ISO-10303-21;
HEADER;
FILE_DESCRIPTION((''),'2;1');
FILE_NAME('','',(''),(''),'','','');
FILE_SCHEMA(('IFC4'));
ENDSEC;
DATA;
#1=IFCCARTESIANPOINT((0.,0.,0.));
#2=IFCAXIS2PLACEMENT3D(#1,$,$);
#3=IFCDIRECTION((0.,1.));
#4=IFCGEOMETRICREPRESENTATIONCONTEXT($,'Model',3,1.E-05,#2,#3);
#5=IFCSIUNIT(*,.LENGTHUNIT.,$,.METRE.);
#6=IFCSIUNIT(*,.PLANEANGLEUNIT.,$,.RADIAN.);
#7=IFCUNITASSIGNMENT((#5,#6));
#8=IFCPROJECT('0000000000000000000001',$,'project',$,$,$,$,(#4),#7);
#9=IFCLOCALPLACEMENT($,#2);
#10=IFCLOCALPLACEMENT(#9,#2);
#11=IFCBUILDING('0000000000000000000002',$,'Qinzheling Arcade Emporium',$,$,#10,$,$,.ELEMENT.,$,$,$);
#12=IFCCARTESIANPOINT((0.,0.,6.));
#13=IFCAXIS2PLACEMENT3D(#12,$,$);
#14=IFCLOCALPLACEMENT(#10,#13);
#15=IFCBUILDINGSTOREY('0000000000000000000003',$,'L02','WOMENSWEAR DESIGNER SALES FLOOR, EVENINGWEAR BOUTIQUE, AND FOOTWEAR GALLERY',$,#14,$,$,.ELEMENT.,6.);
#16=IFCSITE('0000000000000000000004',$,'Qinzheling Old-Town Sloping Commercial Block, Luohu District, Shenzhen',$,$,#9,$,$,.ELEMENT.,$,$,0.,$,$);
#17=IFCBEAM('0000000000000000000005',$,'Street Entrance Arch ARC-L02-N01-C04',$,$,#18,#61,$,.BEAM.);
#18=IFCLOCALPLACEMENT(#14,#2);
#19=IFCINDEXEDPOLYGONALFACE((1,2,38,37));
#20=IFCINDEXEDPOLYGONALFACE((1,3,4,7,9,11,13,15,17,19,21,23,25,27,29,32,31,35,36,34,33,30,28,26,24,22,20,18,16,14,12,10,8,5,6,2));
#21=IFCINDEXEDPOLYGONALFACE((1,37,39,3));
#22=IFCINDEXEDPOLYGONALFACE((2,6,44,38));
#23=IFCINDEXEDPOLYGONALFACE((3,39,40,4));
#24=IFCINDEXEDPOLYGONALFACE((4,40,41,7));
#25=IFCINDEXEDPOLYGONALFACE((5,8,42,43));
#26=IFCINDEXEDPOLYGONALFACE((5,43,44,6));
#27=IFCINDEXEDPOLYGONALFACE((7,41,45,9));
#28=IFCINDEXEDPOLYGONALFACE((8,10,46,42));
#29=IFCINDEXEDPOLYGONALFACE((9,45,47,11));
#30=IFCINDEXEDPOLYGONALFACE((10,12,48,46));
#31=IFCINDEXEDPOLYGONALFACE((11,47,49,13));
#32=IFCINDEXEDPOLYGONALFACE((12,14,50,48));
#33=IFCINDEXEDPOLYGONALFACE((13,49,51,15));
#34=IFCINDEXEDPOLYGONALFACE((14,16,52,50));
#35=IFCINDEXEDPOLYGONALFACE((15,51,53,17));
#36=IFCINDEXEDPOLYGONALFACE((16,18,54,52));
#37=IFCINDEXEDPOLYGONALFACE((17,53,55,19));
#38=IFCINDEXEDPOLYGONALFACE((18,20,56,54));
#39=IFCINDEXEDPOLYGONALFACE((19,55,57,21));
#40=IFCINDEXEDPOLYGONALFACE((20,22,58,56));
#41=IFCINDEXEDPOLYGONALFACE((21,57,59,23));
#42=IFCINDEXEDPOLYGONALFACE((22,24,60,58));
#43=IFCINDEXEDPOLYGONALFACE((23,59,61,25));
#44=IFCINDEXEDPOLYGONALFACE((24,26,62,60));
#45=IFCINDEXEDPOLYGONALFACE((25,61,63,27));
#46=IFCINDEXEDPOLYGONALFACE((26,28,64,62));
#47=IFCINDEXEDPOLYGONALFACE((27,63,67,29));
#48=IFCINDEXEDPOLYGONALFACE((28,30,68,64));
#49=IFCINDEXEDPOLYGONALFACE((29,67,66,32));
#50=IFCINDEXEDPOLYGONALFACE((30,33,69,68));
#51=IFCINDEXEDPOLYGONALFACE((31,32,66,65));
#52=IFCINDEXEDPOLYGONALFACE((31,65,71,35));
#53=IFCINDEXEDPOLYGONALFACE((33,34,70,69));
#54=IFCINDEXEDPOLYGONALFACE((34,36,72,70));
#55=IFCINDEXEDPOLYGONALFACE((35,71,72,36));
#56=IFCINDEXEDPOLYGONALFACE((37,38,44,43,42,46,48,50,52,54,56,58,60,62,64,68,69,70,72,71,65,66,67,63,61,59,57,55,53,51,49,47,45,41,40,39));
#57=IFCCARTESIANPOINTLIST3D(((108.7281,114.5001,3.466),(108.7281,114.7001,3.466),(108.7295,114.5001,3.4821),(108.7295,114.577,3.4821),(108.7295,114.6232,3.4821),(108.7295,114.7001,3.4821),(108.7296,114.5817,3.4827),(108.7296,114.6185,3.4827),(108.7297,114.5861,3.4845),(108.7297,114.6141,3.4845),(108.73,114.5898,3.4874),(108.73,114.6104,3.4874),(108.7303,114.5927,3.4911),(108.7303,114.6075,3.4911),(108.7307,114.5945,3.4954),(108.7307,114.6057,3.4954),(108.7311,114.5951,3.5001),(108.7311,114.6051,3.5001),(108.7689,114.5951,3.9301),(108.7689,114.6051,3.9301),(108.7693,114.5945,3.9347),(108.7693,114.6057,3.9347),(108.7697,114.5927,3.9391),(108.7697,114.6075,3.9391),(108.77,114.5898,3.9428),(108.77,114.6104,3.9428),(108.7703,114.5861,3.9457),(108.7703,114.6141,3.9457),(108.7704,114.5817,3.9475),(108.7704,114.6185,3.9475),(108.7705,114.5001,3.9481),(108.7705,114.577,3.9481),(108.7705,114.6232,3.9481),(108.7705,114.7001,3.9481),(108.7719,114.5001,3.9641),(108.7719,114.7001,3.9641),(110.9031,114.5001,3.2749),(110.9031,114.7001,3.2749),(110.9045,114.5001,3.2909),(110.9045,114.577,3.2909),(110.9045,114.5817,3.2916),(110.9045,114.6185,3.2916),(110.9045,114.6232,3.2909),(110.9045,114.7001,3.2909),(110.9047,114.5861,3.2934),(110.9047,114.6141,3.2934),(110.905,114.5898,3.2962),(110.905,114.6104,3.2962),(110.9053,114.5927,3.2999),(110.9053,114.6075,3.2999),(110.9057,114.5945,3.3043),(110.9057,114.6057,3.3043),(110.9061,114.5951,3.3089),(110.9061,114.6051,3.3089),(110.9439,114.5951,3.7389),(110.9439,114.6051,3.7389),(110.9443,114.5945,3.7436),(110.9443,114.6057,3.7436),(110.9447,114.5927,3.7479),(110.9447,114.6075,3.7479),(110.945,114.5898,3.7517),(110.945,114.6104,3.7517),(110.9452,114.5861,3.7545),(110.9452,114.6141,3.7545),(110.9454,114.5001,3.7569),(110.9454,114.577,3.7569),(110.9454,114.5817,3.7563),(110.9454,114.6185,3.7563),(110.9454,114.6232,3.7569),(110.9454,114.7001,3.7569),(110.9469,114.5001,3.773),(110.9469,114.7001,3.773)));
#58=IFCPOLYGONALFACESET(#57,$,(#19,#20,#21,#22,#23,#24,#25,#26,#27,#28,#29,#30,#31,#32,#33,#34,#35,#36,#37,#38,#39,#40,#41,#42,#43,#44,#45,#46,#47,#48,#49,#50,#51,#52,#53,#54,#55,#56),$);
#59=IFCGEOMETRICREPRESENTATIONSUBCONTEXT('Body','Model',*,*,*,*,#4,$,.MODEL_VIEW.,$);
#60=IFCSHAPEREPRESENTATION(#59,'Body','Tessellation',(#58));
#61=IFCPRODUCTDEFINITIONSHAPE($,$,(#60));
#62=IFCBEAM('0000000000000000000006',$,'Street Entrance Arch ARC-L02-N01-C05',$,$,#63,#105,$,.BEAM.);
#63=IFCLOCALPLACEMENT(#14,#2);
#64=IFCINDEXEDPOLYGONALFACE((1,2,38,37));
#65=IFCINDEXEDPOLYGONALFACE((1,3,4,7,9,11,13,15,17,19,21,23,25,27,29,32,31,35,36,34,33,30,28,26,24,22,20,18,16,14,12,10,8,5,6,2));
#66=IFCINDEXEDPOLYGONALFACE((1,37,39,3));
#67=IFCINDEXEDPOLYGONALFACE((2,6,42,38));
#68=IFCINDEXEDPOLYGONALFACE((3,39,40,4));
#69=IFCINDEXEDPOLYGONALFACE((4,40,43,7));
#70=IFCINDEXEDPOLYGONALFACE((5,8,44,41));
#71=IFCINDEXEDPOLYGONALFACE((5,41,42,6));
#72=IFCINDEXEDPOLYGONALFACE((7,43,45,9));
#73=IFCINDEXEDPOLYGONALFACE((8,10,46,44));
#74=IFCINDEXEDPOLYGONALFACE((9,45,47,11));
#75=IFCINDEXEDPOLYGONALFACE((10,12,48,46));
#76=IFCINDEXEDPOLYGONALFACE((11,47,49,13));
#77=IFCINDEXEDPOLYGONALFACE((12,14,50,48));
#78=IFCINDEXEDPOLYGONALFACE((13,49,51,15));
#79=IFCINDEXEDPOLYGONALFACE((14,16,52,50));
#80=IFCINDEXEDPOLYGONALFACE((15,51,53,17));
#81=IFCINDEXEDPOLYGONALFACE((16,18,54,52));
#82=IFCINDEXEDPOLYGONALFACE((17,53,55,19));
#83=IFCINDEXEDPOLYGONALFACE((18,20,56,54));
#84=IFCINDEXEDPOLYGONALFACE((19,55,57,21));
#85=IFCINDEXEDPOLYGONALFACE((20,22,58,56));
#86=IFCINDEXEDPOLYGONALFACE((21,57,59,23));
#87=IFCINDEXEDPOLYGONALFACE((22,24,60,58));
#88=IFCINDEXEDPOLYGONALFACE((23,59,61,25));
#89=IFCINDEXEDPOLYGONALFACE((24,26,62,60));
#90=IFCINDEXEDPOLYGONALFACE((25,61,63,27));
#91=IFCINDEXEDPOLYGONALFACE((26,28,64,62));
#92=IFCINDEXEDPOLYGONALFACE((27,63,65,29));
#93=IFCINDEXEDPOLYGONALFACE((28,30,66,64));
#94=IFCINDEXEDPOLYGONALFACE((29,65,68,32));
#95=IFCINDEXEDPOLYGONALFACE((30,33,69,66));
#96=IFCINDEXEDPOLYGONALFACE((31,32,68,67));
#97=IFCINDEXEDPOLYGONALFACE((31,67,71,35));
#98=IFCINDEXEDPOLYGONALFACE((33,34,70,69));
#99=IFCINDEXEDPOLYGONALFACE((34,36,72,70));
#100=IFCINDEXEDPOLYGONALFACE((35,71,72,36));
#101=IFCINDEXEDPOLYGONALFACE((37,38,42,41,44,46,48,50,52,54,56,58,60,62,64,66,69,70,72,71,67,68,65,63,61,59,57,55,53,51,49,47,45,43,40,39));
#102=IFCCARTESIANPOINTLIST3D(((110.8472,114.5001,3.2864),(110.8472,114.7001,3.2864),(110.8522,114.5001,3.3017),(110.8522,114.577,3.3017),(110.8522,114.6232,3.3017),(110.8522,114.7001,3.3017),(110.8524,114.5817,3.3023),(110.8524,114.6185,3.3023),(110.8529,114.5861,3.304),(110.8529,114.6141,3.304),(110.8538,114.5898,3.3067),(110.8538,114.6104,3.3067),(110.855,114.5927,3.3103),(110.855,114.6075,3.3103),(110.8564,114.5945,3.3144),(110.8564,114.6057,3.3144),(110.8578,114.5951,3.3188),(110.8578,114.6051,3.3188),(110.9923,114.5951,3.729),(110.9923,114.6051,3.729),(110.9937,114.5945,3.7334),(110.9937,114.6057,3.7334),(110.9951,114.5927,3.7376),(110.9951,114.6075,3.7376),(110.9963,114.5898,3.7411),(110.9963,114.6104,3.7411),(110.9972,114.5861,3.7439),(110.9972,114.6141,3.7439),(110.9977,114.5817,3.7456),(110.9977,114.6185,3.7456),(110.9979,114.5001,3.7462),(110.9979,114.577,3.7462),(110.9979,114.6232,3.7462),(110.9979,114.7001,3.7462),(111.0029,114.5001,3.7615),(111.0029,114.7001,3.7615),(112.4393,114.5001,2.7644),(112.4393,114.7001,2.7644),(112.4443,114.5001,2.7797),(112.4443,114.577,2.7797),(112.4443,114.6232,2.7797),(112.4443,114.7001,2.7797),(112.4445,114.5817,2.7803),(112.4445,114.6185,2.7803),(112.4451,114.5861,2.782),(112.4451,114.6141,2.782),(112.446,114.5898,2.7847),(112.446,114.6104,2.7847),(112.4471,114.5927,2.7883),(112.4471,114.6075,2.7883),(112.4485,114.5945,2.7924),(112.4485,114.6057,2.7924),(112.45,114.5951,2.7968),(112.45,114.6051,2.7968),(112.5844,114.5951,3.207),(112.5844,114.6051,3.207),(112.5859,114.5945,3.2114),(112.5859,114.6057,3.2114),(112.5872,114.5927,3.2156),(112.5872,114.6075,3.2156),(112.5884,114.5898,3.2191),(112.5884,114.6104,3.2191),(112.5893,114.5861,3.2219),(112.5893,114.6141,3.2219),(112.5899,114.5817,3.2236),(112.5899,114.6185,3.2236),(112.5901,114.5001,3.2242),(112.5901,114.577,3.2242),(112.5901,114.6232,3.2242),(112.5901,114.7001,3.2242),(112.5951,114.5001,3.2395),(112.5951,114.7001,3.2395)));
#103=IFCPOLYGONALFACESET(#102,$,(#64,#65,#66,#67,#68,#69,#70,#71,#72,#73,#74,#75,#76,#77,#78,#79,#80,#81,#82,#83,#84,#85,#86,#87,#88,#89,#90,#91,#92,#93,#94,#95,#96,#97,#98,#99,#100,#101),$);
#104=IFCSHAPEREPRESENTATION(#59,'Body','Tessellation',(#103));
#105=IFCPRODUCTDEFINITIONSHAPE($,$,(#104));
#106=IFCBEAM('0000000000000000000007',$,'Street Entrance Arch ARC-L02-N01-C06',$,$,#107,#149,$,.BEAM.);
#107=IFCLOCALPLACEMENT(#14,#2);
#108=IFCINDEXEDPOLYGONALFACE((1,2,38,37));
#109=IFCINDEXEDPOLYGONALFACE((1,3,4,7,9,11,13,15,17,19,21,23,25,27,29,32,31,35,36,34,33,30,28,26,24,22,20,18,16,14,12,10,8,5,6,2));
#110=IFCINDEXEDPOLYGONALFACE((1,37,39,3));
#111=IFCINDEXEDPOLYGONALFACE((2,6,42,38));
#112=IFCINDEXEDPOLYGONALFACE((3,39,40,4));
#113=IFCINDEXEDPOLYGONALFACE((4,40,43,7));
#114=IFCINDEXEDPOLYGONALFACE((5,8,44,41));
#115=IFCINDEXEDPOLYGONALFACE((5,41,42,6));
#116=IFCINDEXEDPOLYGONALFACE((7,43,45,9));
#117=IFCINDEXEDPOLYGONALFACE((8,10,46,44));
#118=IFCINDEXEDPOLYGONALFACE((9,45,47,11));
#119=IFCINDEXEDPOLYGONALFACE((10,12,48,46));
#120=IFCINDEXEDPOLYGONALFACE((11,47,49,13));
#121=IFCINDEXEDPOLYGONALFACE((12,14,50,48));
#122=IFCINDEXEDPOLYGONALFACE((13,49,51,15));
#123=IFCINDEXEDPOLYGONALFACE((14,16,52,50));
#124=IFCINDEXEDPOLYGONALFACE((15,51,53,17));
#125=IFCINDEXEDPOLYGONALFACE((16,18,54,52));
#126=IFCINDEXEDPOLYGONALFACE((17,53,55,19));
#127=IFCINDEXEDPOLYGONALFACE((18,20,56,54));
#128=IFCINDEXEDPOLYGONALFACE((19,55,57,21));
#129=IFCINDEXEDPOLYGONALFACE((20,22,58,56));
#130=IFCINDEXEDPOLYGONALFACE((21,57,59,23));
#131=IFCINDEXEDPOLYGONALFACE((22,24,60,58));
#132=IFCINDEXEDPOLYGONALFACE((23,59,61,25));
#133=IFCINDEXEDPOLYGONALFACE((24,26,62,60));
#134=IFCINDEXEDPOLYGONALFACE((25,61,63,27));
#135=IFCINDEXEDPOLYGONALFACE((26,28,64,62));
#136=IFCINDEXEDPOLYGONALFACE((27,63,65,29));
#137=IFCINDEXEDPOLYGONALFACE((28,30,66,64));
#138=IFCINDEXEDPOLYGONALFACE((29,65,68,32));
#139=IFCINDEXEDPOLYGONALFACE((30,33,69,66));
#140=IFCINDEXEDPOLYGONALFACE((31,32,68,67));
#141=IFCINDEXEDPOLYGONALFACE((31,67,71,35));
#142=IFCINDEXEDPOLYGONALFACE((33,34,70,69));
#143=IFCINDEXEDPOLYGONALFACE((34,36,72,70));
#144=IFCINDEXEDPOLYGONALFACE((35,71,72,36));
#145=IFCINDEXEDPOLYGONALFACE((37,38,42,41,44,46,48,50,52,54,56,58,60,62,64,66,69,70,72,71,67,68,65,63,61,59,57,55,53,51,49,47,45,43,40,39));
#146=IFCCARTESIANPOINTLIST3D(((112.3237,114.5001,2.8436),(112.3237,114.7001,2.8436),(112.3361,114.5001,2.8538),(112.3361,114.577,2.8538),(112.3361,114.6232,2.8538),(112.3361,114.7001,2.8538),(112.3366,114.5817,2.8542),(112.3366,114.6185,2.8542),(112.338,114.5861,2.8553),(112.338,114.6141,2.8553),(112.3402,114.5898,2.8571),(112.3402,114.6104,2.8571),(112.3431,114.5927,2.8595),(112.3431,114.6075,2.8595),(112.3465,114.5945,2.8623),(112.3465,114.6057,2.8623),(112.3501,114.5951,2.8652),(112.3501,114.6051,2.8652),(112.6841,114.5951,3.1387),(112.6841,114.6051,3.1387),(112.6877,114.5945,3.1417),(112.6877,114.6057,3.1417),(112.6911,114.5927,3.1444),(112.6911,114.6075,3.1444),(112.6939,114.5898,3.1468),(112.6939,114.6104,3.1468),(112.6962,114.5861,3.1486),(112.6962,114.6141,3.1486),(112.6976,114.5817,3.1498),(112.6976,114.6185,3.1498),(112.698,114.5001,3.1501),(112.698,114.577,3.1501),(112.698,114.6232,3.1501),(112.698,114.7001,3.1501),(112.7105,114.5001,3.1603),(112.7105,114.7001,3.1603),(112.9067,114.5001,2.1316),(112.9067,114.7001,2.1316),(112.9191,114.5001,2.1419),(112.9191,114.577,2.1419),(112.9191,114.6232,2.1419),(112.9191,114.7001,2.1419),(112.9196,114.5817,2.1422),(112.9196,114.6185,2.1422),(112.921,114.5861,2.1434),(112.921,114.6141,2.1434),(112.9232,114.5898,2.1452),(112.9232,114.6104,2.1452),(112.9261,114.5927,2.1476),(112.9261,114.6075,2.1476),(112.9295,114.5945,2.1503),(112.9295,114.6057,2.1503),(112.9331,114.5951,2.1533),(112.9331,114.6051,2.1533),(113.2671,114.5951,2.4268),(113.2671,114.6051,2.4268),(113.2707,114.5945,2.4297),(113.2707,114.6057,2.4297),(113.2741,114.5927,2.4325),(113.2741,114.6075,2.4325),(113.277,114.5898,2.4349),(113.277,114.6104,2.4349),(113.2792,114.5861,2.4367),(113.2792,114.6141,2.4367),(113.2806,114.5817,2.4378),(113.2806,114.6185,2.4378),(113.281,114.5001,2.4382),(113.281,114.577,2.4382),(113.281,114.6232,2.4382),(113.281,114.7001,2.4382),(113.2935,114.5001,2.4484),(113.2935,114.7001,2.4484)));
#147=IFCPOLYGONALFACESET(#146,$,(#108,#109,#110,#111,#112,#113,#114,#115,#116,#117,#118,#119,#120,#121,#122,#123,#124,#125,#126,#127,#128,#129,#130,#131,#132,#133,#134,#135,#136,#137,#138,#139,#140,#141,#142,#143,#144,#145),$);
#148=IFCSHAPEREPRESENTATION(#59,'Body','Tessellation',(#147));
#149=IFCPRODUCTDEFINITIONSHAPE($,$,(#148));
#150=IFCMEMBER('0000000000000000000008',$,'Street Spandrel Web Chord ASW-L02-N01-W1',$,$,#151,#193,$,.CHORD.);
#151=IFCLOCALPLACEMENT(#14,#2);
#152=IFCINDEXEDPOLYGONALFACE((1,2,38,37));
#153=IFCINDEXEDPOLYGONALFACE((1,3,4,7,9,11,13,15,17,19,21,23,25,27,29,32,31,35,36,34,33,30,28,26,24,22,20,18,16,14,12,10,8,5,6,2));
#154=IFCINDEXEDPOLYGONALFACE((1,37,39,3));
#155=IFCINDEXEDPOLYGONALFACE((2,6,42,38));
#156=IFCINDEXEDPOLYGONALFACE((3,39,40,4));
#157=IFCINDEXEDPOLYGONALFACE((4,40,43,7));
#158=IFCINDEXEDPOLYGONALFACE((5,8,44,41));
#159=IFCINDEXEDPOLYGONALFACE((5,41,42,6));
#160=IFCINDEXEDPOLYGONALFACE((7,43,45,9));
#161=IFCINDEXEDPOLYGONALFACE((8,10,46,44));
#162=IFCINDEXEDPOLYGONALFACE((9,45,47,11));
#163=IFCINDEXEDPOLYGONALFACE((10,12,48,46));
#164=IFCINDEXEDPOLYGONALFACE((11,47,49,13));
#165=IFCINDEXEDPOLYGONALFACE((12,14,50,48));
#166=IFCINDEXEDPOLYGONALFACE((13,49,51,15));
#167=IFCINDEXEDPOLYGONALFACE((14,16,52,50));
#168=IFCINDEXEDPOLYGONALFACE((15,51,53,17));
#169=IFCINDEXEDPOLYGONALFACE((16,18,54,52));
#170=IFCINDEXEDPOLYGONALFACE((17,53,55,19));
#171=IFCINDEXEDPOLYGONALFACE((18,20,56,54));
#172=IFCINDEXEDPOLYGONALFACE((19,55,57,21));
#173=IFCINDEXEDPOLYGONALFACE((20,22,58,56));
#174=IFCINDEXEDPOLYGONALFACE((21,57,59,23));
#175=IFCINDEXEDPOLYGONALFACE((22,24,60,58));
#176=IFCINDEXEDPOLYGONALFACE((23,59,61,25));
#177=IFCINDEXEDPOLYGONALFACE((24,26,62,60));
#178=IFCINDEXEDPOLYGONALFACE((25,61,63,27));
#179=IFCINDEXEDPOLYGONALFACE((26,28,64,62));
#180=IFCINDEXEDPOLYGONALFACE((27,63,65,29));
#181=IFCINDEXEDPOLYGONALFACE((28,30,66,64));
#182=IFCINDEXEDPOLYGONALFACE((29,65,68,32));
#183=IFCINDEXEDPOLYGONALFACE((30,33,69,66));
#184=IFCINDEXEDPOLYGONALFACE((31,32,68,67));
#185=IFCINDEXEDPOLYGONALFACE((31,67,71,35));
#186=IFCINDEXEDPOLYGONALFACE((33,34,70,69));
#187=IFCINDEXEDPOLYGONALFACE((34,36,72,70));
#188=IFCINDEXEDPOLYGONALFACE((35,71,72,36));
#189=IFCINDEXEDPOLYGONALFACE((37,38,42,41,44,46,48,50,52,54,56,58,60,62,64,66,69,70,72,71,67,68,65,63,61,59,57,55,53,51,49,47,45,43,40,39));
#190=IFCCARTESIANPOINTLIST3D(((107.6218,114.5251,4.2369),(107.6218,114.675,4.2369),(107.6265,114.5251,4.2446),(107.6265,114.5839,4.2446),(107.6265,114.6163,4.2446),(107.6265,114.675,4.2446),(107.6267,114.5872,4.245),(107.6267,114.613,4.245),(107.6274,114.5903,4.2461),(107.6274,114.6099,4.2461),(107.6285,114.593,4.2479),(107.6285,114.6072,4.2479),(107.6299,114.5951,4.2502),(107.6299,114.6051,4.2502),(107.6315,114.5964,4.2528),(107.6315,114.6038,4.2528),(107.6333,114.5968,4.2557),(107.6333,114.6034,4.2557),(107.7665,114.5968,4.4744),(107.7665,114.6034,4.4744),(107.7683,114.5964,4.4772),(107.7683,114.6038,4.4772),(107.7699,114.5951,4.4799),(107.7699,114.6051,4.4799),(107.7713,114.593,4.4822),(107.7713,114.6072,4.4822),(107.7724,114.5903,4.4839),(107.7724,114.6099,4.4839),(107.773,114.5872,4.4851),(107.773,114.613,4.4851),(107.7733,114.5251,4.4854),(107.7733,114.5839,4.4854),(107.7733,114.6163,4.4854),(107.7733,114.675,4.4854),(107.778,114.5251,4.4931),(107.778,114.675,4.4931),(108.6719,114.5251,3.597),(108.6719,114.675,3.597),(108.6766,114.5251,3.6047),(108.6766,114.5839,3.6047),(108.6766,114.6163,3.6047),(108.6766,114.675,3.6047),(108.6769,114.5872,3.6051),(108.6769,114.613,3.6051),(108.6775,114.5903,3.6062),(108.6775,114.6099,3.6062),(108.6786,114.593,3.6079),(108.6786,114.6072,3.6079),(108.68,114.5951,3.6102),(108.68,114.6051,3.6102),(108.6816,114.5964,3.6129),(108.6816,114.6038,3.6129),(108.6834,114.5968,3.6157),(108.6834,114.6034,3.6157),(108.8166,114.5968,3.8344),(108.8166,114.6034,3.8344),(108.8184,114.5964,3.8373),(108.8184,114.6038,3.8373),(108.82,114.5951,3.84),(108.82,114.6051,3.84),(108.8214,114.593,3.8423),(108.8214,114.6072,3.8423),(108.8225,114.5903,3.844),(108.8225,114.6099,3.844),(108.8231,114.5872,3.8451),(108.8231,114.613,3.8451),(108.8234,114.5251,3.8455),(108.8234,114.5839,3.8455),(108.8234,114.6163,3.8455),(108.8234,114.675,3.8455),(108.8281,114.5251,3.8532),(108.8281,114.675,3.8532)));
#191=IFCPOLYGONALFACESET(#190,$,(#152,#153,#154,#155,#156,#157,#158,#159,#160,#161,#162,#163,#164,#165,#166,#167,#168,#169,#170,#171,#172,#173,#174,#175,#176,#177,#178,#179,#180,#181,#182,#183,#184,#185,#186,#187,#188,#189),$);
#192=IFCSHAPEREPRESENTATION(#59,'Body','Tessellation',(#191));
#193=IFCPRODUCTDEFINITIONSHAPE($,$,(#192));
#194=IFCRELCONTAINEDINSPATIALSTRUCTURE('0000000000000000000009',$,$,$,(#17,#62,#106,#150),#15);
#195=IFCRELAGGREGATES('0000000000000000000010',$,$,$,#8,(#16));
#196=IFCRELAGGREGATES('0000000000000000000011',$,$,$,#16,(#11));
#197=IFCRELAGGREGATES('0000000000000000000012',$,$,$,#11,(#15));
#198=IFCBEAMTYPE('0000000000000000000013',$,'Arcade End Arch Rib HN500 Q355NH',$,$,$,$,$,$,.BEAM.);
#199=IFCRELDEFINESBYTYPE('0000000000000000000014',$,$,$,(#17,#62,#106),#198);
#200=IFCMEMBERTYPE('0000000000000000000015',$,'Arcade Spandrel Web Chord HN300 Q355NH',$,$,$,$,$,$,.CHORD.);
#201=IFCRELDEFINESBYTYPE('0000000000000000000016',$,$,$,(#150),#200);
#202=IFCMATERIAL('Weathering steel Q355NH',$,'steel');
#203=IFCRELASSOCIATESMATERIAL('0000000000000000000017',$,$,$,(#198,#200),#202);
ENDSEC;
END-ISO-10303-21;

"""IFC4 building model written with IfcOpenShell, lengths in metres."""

from ifc_helpers import new_model, si_unit, direction, frame, origin, origin_2d, place, context, subcontext, project, spatial, i_section, extrude, material, material_profile, profile_set, type_object, element, save


model = new_model("IFC4")

# Units and contexts
model_context = context("Model", 3, precision=1e-05, world=origin(), true_north=direction((0.0, 1.0)))
body_context = subcontext(model_context, "Body", "Model", "MODEL_VIEW")
ifc_project = project(units=[si_unit("LENGTHUNIT", "METRE"), si_unit("PLANEANGLEUNIT", "RADIAN")], contexts=[model_context])

# Site, building, storey
site_placement = place(None, origin())
site = spatial("IfcSite", under=ifc_project, at=site_placement, Name="Qinzheling Old-Town Sloping Commercial Block, Luohu District, Shenzhen", CompositionType="ELEMENT", RefElevation=0.0)
building_placement = place(site_placement, origin())
building = spatial("IfcBuilding", under=site, at=building_placement, Name="Qinzheling Arcade Emporium", CompositionType="ELEMENT")
storey_placement = place(building_placement, frame((0.0, 0.0, 6.0)))
storey = spatial("IfcBuildingStorey", under=building, at=storey_placement, Name="L02", Description="WOMENSWEAR DESIGNER SALES FLOOR, EVENINGWEAR BOUTIQUE, AND FOOTWEAR GALLERY", CompositionType="ELEMENT", Elevation=6.0)

# Beams
ifc_material_1 = material(Name="Weathering steel Q355NH", Category="steel")
ifc_material_profile_1 = material_profile(ifc_material_1, i_section(OverallWidth=0.2, OverallDepth=0.5, WebThickness=0.01, FlangeThickness=0.0161, FilletRadius=0.0181, at=origin_2d()), Name="HN 500x200x10x16", Category="steel")
ifc_profile_set_1 = profile_set([ifc_material_profile_1], Name="Weathering steel Q355NH")
beam_type_1 = type_object("IfcBeamType", Name="Arcade End Arch Rib HN500 Q355NH", PredefinedType="BEAM", material=ifc_profile_set_1)
for number, where, z_axis, x_axis, name in (
    (1, (108.75, 114.6001, 3.7151), (0.99616, 0.0, -0.087551), (0.0, 1.0, 0.0), "Street Entrance Arch ARC-L02-N01-C04"),
):
    element("IfcBeam", number, at=place(storey_placement, frame(where, z_axis=z_axis, x_axis=x_axis)), inside=storey, type_object=beam_type_1, Name=name, PredefinedType="BEAM", context=body_context, shape_type="SweptSolid", body=[
        extrude(i_section(OverallWidth=0.2, OverallDepth=0.5, WebThickness=0.01, FlangeThickness=0.0161, FilletRadius=0.0181, at=origin_2d()), origin(), (0.0, 0.0, 1.0), 2.1833),
    ])
beam_1_placement = place(storey_placement, frame((110.925, 114.6001, 3.5239), z_axis=(0.950231, 0.0, -0.311546), x_axis=(0.0, 1.0, 0.0)))
element("IfcBeam", 2, at=beam_1_placement, inside=storey, type_object=beam_type_1, Name="Street Entrance Arch ARC-L02-N01-C05", PredefinedType="BEAM", context=body_context, shape_type="SweptSolid", body=[
    extrude(i_section(OverallWidth=0.2, OverallDepth=0.5, WebThickness=0.01, FlangeThickness=0.0161, FilletRadius=0.0181, at=origin_2d()), origin(), (0.0, 0.0, 1.0), 1.6755),
])
beam_2_placement = place(storey_placement, frame((112.5171, 114.6001, 3.002), z_axis=(0.633584, 0.0, -0.773674), x_axis=(0.0, 1.0, 0.0)))
element("IfcBeam", 3, at=beam_2_placement, inside=storey, type_object=beam_type_1, Name="Street Entrance Arch ARC-L02-N01-C06", PredefinedType="BEAM", context=body_context, shape_type="SweptSolid", body=[
    extrude(i_section(OverallWidth=0.2, OverallDepth=0.5, WebThickness=0.01, FlangeThickness=0.0161, FilletRadius=0.0181, at=origin_2d()), origin(), (0.0, 0.0, 1.0), 0.9202),
])

# Member
ifc_material_profile_2 = material_profile(ifc_material_1, i_section(OverallWidth=0.1499, OverallDepth=0.3, WebThickness=0.0066, FlangeThickness=0.009, FilletRadius=0.0129, at=origin_2d()), Name="HN 300x150x6.5x9", Category="steel")
ifc_profile_set_2 = profile_set([ifc_material_profile_2], Name="Weathering steel Q355NH")
member_type = type_object("IfcMemberType", Name="Arcade Spandrel Web Chord HN300 Q355NH", PredefinedType="CHORD", material=ifc_profile_set_2)
for number, where, z_axis, x_axis, name in (
    (4, (108.75, 114.6001, 3.7251), (-0.853934, 0.0, 0.520381), (0.0, -1.0, 0.0), "Street Spandrel Web Chord ASW-L02-N01-W1"),
):
    element("IfcMember", number, at=place(storey_placement, frame(where, z_axis=z_axis, x_axis=x_axis)), inside=storey, type_object=member_type, Name=name, PredefinedType="CHORD", context=body_context, shape_type="SweptSolid", body=[
        extrude(i_section(OverallWidth=0.1499, OverallDepth=0.3, WebThickness=0.0066, FlangeThickness=0.009, FilletRadius=0.0129, at=origin_2d()), origin(), (0.0, 0.0, 1.0), 1.2297),
    ])

save(model, "model.ifc")
